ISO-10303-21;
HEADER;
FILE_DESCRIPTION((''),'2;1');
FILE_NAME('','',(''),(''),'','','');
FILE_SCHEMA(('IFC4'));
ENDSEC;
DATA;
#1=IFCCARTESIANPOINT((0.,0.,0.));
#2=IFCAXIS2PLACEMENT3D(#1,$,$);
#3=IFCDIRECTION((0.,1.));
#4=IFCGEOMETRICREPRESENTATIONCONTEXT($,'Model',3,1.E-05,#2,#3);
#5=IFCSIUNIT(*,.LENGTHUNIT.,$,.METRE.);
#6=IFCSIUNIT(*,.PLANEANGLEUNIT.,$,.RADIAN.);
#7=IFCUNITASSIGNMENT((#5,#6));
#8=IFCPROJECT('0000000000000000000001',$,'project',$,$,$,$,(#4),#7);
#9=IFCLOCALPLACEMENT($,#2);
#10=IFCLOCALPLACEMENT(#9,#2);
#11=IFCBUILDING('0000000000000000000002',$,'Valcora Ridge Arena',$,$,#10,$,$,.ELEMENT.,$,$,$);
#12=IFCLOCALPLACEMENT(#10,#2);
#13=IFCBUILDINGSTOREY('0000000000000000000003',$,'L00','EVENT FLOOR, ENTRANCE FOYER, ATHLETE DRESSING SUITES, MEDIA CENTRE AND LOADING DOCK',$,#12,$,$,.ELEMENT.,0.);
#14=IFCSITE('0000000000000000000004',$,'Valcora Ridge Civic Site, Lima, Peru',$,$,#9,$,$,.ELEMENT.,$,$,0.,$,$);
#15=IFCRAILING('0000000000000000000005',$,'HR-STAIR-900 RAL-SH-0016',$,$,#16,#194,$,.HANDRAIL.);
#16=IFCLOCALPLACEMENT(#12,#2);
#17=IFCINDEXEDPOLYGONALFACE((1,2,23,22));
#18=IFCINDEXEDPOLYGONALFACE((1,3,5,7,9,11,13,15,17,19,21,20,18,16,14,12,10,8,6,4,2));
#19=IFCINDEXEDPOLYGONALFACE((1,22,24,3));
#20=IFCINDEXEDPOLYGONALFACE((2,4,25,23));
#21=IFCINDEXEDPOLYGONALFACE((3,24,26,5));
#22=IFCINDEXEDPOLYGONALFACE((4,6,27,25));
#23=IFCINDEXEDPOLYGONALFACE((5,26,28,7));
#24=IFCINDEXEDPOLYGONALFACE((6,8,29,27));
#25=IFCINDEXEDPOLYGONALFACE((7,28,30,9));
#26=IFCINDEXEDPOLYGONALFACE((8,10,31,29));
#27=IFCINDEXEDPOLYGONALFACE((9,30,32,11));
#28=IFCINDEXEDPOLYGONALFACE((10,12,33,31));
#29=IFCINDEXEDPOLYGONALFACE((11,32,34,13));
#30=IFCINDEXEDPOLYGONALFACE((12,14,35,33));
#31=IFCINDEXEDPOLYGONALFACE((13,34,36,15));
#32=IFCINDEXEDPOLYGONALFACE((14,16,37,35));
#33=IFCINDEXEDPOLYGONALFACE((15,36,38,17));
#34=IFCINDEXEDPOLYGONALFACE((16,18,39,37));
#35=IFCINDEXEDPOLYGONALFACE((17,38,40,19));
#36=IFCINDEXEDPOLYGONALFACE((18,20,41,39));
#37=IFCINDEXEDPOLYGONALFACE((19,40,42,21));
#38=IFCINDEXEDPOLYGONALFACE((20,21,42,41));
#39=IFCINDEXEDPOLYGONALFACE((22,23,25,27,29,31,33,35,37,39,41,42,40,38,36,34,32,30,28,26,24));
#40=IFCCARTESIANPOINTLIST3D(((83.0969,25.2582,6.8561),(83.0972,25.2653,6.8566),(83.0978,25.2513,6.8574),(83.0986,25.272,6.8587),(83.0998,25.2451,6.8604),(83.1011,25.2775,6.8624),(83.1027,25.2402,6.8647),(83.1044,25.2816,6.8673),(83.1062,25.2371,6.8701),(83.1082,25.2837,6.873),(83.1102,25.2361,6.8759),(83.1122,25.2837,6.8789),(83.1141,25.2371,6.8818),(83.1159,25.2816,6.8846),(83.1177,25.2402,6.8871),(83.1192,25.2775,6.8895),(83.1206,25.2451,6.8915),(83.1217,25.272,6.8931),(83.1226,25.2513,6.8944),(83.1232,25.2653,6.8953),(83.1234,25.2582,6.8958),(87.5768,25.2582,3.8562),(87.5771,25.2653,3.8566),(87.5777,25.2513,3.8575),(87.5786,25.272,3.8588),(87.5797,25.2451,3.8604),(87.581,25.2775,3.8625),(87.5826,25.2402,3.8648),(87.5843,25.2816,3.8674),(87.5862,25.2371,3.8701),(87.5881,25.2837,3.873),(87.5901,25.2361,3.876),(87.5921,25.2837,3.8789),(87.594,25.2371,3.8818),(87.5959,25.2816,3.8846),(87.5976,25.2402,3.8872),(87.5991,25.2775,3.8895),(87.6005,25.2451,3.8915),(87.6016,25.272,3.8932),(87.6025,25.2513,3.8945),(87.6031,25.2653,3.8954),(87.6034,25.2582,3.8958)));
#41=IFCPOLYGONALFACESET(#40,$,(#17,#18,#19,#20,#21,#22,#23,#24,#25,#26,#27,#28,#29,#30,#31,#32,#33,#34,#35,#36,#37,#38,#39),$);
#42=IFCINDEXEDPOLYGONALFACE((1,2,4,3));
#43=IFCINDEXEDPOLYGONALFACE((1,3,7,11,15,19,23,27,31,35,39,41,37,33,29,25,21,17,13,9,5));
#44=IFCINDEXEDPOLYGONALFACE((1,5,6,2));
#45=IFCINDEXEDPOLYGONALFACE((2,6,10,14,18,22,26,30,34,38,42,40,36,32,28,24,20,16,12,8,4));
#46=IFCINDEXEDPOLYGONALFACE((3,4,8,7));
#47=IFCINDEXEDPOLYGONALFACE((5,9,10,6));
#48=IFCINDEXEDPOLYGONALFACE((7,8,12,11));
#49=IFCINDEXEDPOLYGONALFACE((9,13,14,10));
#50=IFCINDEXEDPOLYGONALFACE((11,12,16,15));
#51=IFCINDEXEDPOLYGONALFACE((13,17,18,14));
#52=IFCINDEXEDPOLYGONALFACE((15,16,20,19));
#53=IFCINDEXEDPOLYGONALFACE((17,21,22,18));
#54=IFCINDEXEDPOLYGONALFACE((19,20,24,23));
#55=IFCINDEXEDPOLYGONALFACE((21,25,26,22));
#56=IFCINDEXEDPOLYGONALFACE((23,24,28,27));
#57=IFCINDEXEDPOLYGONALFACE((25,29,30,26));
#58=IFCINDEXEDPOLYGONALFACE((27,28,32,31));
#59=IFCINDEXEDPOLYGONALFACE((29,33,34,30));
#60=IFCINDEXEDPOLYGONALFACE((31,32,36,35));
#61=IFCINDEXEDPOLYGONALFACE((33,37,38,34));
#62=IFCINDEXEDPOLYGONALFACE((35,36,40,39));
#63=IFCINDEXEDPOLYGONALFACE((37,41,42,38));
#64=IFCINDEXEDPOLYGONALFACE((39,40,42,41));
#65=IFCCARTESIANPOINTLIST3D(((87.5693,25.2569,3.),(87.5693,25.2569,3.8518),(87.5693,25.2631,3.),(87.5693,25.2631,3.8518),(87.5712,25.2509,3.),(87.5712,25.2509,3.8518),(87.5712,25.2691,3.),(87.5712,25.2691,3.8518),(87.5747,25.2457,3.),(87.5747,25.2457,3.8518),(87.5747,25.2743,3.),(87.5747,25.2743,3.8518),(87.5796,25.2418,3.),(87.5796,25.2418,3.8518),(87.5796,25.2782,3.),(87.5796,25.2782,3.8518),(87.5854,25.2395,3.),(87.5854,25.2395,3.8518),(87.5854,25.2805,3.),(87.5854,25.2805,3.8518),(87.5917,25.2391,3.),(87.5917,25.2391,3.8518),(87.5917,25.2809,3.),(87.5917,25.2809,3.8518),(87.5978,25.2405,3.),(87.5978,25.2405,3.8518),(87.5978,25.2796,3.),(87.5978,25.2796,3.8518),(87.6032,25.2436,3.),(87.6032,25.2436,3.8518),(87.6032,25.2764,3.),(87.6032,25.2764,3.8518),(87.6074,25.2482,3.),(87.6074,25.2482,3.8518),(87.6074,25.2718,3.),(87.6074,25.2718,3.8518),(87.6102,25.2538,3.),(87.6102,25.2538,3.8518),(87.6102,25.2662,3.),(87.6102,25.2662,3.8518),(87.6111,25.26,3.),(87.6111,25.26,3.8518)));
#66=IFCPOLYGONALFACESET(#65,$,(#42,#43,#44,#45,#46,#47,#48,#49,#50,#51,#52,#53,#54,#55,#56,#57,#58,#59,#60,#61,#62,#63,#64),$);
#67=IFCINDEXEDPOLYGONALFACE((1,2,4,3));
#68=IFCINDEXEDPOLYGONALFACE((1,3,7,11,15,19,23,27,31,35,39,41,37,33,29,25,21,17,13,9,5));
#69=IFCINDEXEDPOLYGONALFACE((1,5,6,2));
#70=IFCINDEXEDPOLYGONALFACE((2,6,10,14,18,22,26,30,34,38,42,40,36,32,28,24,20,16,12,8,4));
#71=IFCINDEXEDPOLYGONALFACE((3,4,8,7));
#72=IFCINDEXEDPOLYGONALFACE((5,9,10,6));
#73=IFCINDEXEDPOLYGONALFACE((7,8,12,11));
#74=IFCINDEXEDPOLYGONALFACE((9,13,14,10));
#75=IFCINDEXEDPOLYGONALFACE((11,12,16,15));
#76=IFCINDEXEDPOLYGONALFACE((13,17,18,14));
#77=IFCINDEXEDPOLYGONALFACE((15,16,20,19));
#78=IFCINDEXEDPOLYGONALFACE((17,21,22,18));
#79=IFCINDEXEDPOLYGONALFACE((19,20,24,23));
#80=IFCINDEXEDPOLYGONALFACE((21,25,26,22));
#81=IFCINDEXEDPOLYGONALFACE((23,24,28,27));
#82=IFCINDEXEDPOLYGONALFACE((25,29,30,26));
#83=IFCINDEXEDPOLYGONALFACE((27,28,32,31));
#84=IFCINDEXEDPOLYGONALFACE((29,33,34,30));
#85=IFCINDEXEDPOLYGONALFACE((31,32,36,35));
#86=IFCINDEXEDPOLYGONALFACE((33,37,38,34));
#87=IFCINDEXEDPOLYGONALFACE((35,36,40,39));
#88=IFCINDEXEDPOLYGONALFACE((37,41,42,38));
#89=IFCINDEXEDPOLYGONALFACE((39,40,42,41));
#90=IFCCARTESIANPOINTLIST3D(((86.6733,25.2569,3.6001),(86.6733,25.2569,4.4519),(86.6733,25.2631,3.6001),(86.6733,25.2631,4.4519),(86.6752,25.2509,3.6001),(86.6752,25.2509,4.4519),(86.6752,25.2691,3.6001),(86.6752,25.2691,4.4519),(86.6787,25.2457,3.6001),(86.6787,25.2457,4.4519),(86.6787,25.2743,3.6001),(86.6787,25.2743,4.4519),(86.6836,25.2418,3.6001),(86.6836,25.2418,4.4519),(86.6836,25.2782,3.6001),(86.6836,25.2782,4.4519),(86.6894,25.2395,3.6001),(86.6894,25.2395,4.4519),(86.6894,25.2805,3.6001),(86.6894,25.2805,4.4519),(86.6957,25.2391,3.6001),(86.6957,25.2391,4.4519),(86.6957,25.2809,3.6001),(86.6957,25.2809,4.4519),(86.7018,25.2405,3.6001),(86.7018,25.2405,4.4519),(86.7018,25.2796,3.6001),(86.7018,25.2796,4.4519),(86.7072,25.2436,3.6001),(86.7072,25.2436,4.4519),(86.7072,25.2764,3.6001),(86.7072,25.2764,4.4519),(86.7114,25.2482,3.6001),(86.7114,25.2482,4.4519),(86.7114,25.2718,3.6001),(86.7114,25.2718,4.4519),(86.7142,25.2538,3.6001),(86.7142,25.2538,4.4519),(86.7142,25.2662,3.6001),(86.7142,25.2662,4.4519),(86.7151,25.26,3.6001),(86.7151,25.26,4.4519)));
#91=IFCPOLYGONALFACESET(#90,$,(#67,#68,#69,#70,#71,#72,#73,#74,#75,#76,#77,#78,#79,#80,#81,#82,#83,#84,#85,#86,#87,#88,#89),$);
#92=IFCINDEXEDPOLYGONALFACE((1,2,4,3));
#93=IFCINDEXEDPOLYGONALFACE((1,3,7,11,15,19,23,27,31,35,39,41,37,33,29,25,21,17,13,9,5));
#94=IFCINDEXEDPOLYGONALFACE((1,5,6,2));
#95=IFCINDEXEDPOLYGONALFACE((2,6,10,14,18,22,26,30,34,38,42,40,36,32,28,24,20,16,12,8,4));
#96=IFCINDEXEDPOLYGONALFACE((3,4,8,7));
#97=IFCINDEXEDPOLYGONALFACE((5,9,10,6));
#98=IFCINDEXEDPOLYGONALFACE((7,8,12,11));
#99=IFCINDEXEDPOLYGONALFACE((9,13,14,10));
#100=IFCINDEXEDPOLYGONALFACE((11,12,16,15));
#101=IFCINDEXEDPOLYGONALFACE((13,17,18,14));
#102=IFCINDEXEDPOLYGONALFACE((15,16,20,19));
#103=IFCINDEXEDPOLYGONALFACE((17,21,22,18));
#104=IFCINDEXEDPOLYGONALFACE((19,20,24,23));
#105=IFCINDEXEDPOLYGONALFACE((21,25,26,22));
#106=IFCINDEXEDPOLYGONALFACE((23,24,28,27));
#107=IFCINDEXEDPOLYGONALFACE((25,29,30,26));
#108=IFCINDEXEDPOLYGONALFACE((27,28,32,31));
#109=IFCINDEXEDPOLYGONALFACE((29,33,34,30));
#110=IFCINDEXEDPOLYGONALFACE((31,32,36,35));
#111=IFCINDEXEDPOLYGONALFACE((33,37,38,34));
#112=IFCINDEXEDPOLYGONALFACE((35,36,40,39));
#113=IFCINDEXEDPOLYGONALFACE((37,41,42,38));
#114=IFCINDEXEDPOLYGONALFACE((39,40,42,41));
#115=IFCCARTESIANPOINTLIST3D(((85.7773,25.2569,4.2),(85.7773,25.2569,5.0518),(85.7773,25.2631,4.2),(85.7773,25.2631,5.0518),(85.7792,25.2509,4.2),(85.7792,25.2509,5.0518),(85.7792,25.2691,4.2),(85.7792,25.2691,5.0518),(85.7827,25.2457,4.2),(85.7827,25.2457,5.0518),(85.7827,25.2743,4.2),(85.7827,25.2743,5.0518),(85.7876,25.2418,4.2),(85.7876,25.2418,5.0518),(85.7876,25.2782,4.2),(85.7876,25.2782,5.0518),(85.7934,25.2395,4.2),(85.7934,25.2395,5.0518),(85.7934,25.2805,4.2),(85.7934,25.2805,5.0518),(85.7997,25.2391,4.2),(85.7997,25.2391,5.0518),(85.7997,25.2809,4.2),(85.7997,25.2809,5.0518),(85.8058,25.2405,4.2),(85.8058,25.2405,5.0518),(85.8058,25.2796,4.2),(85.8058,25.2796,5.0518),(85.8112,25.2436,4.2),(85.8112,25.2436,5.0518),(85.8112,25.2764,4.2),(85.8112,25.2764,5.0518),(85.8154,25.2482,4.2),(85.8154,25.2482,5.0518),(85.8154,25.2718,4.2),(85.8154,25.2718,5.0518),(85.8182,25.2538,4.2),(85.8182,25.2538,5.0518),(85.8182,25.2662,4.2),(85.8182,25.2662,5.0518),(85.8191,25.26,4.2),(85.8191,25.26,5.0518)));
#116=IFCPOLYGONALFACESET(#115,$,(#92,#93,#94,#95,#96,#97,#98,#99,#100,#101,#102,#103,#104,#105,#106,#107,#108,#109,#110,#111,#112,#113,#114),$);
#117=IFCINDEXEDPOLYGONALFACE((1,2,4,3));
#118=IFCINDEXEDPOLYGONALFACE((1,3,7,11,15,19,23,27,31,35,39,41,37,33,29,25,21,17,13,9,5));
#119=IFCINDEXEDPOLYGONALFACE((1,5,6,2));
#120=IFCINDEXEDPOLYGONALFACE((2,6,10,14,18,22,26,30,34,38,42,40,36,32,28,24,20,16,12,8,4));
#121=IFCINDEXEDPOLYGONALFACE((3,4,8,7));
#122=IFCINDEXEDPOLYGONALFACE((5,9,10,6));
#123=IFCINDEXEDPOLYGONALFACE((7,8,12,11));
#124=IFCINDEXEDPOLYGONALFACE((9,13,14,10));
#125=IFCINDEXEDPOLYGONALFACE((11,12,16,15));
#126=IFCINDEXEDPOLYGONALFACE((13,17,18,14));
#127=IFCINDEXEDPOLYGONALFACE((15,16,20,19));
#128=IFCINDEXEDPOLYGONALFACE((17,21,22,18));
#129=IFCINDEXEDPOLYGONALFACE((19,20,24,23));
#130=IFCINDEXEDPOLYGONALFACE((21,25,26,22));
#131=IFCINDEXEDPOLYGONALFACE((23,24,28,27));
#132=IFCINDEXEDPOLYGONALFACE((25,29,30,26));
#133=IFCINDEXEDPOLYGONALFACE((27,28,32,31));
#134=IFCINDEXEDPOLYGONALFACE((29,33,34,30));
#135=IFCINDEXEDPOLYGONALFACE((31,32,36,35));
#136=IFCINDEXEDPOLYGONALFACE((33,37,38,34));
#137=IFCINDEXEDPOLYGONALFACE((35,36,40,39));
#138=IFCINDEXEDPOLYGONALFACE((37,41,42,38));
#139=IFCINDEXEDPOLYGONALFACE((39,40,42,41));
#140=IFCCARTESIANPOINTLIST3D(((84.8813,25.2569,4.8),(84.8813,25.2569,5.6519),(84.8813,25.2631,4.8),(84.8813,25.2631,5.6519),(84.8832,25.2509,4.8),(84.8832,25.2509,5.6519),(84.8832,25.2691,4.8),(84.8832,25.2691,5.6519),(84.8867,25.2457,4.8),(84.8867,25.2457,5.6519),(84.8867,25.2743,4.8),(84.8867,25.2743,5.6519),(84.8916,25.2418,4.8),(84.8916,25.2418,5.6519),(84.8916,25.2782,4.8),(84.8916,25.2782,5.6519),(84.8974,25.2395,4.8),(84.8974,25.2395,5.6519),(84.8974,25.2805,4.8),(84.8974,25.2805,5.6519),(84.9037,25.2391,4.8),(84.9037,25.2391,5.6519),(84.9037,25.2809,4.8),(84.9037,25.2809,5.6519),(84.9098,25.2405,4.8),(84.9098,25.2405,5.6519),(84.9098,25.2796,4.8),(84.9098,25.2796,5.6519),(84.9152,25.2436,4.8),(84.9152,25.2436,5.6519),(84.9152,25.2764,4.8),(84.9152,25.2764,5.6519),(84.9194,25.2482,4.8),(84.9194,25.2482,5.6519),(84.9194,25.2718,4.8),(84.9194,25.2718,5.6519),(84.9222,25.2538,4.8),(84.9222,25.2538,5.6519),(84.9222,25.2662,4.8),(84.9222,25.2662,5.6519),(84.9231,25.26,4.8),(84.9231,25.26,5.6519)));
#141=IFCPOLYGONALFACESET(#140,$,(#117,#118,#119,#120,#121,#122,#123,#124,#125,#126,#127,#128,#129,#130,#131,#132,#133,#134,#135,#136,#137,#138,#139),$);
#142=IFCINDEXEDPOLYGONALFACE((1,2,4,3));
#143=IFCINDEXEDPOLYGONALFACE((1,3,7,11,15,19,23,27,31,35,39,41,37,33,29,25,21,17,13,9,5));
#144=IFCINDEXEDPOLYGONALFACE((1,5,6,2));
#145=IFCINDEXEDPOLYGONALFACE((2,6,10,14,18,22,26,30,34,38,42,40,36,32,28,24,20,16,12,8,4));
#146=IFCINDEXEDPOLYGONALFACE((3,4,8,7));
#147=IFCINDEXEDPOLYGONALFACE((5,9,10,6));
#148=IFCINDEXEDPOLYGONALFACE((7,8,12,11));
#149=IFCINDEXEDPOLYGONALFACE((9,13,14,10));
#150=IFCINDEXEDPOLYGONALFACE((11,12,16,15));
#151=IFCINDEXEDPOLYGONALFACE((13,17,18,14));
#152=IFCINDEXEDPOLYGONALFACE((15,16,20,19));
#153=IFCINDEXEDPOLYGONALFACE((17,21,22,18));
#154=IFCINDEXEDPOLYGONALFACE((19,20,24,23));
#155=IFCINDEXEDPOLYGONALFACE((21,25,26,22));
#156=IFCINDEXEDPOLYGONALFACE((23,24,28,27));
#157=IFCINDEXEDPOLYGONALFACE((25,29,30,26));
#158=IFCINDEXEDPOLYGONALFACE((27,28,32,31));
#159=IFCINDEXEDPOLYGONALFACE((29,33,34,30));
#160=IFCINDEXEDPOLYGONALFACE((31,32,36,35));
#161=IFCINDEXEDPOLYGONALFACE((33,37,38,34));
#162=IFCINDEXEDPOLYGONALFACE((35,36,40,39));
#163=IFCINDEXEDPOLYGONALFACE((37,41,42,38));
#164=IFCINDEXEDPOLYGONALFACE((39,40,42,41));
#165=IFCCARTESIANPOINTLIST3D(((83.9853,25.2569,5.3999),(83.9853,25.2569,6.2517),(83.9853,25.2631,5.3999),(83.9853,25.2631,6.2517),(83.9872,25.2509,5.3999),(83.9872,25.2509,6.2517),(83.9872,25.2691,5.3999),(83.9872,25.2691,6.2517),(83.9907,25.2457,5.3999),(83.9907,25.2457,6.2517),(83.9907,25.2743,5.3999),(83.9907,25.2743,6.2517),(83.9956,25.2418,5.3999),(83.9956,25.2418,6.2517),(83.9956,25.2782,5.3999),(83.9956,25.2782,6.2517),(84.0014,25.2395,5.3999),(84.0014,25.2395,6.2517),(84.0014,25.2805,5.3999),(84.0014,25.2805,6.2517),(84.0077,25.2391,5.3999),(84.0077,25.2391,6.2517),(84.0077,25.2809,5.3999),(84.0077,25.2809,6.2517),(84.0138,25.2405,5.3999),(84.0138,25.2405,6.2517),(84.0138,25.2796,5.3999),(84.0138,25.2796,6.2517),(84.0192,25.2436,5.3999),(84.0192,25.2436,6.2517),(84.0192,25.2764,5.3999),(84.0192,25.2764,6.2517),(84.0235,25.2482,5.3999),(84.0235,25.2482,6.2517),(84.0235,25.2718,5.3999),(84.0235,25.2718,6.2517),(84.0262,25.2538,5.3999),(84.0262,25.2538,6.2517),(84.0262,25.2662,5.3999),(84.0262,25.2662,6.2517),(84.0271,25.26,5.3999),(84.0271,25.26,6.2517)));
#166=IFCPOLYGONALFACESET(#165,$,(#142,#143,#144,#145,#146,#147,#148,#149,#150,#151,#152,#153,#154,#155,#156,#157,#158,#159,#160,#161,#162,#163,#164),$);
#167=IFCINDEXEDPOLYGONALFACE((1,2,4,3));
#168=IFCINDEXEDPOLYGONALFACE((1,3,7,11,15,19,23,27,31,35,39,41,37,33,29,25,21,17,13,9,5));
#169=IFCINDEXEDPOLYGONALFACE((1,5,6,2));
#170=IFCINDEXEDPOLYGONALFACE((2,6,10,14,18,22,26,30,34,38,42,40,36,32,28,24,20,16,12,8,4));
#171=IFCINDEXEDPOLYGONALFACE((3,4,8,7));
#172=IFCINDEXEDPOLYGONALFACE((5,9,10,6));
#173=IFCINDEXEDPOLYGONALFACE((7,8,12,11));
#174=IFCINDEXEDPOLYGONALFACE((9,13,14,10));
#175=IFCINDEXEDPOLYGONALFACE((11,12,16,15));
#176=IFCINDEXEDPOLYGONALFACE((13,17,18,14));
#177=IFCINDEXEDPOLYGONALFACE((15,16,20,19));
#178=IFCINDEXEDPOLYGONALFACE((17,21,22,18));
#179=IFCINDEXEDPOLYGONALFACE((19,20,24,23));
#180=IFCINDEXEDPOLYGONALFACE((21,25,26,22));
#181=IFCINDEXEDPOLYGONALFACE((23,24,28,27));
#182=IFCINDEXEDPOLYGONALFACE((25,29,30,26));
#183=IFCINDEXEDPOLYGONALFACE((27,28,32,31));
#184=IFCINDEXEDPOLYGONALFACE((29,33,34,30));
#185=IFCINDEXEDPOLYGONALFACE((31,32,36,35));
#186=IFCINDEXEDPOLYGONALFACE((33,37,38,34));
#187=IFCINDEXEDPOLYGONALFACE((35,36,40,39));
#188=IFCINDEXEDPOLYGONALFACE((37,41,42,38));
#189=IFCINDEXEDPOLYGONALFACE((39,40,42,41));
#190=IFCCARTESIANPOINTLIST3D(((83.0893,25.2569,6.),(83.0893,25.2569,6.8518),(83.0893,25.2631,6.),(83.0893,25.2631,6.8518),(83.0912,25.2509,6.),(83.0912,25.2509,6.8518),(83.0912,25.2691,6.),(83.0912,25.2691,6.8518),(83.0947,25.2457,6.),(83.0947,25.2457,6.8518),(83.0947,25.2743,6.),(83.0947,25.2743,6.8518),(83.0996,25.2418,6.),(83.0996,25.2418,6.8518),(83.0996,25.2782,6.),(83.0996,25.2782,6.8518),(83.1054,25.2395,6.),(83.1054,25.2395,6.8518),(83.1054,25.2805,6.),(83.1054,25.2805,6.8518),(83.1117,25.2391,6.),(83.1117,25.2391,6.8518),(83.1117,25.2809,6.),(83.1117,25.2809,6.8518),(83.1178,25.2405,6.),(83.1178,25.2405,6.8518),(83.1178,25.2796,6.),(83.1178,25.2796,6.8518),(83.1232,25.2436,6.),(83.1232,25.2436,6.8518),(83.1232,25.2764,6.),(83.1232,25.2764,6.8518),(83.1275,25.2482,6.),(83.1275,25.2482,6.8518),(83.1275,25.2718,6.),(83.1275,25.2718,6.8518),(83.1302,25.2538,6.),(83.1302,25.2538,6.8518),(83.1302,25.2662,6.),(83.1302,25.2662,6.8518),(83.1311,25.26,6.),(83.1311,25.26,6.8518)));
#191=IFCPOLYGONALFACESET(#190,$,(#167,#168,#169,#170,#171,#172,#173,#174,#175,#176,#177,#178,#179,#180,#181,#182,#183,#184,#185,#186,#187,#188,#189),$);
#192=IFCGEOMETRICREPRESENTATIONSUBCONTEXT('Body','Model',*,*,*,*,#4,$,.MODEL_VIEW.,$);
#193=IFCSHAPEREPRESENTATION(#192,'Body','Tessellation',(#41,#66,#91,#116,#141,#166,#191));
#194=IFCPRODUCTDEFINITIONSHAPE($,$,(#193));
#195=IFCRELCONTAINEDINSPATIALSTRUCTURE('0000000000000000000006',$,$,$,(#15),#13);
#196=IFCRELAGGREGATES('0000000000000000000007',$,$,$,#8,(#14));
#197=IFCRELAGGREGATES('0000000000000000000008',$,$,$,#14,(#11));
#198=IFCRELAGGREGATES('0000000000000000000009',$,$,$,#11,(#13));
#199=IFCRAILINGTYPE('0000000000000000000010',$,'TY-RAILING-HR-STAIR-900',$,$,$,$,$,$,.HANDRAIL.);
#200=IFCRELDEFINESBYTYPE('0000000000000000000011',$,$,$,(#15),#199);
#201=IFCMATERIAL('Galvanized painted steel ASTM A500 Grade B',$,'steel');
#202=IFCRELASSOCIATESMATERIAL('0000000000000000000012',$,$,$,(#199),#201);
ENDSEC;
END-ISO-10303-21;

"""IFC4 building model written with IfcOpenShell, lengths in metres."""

from ifc_helpers import new_model, si_unit, direction, frame, origin, origin_2d, place, context, subcontext, project, spatial, circle, extrude, material, type_object, element, save


model = new_model("IFC4")

# Units and contexts
model_context = context("Model", 3, precision=1e-05, world=origin(), true_north=direction((0.0, 1.0)))
body_context = subcontext(model_context, "Body", "Model", "MODEL_VIEW")
ifc_project = project(units=[si_unit("LENGTHUNIT", "METRE"), si_unit("PLANEANGLEUNIT", "RADIAN")], contexts=[model_context])

# Site, building, storey
site_placement = place(None, origin())
site = spatial("IfcSite", under=ifc_project, at=site_placement, Name="Valcora Ridge Civic Site, Lima, Peru", CompositionType="ELEMENT", RefElevation=0.0)
building_placement = place(site_placement, origin())
building = spatial("IfcBuilding", under=site, at=building_placement, Name="Valcora Ridge Arena", CompositionType="ELEMENT")
storey_placement = place(building_placement, origin())
storey = spatial("IfcBuildingStorey", under=building, at=storey_placement, Name="L00", Description="EVENT FLOOR, ENTRANCE FOYER, ATHLETE DRESSING SUITES, MEDIA CENTRE AND LOADING DOCK", CompositionType="ELEMENT", Elevation=0.0)

# Railing
ifc_material_1 = material(Name="Galvanized painted steel ASTM A500 Grade B", Category="steel")
railing_type = type_object("IfcRailingType", Name="TY-RAILING-HR-STAIR-900", PredefinedType="HANDRAIL", material=ifc_material_1)
for number, where, name in (
    (1, (87.5901, 25.26, 3.0), "HR-STAIR-900 RAL-SH-0016"),
):
    element("IfcRailing", number, at=place(storey_placement, frame(where)), inside=storey, type_object=railing_type, Name=name, PredefinedType="HANDRAIL", context=body_context, shape_type="SweptSolid", body=[
        extrude(circle(Radius=0.0239, at=origin_2d()), frame((0.0, 0.0, 0.876), z_axis=(-0.830906, 0.0, 0.556413), x_axis=(0.0, -1.0, 0.0)), (0.0, 0.0, 1.0), 5.3916),
        extrude(circle(Radius=0.021, at=origin_2d()), origin(), (0.0, 0.0, 1.0), 0.8518),
        extrude(circle(Radius=0.021, at=origin_2d()), frame((-0.896, 0.0, 0.6001)), (0.0, 0.0, 1.0), 0.8518),
        extrude(circle(Radius=0.021, at=origin_2d()), frame((-1.792, 0.0, 1.2)), (0.0, 0.0, 1.0), 0.8518),
        extrude(circle(Radius=0.021, at=origin_2d()), frame((-2.688, 0.0, 1.8)), (0.0, 0.0, 1.0), 0.8518),
        extrude(circle(Radius=0.021, at=origin_2d()), frame((-3.584, 0.0, 2.3999)), (0.0, 0.0, 1.0), 0.8518),
        extrude(circle(Radius=0.021, at=origin_2d()), frame((-4.48, 0.0, 3.0)), (0.0, 0.0, 1.0), 0.8518),
    ])

save(model, "model.ifc")
